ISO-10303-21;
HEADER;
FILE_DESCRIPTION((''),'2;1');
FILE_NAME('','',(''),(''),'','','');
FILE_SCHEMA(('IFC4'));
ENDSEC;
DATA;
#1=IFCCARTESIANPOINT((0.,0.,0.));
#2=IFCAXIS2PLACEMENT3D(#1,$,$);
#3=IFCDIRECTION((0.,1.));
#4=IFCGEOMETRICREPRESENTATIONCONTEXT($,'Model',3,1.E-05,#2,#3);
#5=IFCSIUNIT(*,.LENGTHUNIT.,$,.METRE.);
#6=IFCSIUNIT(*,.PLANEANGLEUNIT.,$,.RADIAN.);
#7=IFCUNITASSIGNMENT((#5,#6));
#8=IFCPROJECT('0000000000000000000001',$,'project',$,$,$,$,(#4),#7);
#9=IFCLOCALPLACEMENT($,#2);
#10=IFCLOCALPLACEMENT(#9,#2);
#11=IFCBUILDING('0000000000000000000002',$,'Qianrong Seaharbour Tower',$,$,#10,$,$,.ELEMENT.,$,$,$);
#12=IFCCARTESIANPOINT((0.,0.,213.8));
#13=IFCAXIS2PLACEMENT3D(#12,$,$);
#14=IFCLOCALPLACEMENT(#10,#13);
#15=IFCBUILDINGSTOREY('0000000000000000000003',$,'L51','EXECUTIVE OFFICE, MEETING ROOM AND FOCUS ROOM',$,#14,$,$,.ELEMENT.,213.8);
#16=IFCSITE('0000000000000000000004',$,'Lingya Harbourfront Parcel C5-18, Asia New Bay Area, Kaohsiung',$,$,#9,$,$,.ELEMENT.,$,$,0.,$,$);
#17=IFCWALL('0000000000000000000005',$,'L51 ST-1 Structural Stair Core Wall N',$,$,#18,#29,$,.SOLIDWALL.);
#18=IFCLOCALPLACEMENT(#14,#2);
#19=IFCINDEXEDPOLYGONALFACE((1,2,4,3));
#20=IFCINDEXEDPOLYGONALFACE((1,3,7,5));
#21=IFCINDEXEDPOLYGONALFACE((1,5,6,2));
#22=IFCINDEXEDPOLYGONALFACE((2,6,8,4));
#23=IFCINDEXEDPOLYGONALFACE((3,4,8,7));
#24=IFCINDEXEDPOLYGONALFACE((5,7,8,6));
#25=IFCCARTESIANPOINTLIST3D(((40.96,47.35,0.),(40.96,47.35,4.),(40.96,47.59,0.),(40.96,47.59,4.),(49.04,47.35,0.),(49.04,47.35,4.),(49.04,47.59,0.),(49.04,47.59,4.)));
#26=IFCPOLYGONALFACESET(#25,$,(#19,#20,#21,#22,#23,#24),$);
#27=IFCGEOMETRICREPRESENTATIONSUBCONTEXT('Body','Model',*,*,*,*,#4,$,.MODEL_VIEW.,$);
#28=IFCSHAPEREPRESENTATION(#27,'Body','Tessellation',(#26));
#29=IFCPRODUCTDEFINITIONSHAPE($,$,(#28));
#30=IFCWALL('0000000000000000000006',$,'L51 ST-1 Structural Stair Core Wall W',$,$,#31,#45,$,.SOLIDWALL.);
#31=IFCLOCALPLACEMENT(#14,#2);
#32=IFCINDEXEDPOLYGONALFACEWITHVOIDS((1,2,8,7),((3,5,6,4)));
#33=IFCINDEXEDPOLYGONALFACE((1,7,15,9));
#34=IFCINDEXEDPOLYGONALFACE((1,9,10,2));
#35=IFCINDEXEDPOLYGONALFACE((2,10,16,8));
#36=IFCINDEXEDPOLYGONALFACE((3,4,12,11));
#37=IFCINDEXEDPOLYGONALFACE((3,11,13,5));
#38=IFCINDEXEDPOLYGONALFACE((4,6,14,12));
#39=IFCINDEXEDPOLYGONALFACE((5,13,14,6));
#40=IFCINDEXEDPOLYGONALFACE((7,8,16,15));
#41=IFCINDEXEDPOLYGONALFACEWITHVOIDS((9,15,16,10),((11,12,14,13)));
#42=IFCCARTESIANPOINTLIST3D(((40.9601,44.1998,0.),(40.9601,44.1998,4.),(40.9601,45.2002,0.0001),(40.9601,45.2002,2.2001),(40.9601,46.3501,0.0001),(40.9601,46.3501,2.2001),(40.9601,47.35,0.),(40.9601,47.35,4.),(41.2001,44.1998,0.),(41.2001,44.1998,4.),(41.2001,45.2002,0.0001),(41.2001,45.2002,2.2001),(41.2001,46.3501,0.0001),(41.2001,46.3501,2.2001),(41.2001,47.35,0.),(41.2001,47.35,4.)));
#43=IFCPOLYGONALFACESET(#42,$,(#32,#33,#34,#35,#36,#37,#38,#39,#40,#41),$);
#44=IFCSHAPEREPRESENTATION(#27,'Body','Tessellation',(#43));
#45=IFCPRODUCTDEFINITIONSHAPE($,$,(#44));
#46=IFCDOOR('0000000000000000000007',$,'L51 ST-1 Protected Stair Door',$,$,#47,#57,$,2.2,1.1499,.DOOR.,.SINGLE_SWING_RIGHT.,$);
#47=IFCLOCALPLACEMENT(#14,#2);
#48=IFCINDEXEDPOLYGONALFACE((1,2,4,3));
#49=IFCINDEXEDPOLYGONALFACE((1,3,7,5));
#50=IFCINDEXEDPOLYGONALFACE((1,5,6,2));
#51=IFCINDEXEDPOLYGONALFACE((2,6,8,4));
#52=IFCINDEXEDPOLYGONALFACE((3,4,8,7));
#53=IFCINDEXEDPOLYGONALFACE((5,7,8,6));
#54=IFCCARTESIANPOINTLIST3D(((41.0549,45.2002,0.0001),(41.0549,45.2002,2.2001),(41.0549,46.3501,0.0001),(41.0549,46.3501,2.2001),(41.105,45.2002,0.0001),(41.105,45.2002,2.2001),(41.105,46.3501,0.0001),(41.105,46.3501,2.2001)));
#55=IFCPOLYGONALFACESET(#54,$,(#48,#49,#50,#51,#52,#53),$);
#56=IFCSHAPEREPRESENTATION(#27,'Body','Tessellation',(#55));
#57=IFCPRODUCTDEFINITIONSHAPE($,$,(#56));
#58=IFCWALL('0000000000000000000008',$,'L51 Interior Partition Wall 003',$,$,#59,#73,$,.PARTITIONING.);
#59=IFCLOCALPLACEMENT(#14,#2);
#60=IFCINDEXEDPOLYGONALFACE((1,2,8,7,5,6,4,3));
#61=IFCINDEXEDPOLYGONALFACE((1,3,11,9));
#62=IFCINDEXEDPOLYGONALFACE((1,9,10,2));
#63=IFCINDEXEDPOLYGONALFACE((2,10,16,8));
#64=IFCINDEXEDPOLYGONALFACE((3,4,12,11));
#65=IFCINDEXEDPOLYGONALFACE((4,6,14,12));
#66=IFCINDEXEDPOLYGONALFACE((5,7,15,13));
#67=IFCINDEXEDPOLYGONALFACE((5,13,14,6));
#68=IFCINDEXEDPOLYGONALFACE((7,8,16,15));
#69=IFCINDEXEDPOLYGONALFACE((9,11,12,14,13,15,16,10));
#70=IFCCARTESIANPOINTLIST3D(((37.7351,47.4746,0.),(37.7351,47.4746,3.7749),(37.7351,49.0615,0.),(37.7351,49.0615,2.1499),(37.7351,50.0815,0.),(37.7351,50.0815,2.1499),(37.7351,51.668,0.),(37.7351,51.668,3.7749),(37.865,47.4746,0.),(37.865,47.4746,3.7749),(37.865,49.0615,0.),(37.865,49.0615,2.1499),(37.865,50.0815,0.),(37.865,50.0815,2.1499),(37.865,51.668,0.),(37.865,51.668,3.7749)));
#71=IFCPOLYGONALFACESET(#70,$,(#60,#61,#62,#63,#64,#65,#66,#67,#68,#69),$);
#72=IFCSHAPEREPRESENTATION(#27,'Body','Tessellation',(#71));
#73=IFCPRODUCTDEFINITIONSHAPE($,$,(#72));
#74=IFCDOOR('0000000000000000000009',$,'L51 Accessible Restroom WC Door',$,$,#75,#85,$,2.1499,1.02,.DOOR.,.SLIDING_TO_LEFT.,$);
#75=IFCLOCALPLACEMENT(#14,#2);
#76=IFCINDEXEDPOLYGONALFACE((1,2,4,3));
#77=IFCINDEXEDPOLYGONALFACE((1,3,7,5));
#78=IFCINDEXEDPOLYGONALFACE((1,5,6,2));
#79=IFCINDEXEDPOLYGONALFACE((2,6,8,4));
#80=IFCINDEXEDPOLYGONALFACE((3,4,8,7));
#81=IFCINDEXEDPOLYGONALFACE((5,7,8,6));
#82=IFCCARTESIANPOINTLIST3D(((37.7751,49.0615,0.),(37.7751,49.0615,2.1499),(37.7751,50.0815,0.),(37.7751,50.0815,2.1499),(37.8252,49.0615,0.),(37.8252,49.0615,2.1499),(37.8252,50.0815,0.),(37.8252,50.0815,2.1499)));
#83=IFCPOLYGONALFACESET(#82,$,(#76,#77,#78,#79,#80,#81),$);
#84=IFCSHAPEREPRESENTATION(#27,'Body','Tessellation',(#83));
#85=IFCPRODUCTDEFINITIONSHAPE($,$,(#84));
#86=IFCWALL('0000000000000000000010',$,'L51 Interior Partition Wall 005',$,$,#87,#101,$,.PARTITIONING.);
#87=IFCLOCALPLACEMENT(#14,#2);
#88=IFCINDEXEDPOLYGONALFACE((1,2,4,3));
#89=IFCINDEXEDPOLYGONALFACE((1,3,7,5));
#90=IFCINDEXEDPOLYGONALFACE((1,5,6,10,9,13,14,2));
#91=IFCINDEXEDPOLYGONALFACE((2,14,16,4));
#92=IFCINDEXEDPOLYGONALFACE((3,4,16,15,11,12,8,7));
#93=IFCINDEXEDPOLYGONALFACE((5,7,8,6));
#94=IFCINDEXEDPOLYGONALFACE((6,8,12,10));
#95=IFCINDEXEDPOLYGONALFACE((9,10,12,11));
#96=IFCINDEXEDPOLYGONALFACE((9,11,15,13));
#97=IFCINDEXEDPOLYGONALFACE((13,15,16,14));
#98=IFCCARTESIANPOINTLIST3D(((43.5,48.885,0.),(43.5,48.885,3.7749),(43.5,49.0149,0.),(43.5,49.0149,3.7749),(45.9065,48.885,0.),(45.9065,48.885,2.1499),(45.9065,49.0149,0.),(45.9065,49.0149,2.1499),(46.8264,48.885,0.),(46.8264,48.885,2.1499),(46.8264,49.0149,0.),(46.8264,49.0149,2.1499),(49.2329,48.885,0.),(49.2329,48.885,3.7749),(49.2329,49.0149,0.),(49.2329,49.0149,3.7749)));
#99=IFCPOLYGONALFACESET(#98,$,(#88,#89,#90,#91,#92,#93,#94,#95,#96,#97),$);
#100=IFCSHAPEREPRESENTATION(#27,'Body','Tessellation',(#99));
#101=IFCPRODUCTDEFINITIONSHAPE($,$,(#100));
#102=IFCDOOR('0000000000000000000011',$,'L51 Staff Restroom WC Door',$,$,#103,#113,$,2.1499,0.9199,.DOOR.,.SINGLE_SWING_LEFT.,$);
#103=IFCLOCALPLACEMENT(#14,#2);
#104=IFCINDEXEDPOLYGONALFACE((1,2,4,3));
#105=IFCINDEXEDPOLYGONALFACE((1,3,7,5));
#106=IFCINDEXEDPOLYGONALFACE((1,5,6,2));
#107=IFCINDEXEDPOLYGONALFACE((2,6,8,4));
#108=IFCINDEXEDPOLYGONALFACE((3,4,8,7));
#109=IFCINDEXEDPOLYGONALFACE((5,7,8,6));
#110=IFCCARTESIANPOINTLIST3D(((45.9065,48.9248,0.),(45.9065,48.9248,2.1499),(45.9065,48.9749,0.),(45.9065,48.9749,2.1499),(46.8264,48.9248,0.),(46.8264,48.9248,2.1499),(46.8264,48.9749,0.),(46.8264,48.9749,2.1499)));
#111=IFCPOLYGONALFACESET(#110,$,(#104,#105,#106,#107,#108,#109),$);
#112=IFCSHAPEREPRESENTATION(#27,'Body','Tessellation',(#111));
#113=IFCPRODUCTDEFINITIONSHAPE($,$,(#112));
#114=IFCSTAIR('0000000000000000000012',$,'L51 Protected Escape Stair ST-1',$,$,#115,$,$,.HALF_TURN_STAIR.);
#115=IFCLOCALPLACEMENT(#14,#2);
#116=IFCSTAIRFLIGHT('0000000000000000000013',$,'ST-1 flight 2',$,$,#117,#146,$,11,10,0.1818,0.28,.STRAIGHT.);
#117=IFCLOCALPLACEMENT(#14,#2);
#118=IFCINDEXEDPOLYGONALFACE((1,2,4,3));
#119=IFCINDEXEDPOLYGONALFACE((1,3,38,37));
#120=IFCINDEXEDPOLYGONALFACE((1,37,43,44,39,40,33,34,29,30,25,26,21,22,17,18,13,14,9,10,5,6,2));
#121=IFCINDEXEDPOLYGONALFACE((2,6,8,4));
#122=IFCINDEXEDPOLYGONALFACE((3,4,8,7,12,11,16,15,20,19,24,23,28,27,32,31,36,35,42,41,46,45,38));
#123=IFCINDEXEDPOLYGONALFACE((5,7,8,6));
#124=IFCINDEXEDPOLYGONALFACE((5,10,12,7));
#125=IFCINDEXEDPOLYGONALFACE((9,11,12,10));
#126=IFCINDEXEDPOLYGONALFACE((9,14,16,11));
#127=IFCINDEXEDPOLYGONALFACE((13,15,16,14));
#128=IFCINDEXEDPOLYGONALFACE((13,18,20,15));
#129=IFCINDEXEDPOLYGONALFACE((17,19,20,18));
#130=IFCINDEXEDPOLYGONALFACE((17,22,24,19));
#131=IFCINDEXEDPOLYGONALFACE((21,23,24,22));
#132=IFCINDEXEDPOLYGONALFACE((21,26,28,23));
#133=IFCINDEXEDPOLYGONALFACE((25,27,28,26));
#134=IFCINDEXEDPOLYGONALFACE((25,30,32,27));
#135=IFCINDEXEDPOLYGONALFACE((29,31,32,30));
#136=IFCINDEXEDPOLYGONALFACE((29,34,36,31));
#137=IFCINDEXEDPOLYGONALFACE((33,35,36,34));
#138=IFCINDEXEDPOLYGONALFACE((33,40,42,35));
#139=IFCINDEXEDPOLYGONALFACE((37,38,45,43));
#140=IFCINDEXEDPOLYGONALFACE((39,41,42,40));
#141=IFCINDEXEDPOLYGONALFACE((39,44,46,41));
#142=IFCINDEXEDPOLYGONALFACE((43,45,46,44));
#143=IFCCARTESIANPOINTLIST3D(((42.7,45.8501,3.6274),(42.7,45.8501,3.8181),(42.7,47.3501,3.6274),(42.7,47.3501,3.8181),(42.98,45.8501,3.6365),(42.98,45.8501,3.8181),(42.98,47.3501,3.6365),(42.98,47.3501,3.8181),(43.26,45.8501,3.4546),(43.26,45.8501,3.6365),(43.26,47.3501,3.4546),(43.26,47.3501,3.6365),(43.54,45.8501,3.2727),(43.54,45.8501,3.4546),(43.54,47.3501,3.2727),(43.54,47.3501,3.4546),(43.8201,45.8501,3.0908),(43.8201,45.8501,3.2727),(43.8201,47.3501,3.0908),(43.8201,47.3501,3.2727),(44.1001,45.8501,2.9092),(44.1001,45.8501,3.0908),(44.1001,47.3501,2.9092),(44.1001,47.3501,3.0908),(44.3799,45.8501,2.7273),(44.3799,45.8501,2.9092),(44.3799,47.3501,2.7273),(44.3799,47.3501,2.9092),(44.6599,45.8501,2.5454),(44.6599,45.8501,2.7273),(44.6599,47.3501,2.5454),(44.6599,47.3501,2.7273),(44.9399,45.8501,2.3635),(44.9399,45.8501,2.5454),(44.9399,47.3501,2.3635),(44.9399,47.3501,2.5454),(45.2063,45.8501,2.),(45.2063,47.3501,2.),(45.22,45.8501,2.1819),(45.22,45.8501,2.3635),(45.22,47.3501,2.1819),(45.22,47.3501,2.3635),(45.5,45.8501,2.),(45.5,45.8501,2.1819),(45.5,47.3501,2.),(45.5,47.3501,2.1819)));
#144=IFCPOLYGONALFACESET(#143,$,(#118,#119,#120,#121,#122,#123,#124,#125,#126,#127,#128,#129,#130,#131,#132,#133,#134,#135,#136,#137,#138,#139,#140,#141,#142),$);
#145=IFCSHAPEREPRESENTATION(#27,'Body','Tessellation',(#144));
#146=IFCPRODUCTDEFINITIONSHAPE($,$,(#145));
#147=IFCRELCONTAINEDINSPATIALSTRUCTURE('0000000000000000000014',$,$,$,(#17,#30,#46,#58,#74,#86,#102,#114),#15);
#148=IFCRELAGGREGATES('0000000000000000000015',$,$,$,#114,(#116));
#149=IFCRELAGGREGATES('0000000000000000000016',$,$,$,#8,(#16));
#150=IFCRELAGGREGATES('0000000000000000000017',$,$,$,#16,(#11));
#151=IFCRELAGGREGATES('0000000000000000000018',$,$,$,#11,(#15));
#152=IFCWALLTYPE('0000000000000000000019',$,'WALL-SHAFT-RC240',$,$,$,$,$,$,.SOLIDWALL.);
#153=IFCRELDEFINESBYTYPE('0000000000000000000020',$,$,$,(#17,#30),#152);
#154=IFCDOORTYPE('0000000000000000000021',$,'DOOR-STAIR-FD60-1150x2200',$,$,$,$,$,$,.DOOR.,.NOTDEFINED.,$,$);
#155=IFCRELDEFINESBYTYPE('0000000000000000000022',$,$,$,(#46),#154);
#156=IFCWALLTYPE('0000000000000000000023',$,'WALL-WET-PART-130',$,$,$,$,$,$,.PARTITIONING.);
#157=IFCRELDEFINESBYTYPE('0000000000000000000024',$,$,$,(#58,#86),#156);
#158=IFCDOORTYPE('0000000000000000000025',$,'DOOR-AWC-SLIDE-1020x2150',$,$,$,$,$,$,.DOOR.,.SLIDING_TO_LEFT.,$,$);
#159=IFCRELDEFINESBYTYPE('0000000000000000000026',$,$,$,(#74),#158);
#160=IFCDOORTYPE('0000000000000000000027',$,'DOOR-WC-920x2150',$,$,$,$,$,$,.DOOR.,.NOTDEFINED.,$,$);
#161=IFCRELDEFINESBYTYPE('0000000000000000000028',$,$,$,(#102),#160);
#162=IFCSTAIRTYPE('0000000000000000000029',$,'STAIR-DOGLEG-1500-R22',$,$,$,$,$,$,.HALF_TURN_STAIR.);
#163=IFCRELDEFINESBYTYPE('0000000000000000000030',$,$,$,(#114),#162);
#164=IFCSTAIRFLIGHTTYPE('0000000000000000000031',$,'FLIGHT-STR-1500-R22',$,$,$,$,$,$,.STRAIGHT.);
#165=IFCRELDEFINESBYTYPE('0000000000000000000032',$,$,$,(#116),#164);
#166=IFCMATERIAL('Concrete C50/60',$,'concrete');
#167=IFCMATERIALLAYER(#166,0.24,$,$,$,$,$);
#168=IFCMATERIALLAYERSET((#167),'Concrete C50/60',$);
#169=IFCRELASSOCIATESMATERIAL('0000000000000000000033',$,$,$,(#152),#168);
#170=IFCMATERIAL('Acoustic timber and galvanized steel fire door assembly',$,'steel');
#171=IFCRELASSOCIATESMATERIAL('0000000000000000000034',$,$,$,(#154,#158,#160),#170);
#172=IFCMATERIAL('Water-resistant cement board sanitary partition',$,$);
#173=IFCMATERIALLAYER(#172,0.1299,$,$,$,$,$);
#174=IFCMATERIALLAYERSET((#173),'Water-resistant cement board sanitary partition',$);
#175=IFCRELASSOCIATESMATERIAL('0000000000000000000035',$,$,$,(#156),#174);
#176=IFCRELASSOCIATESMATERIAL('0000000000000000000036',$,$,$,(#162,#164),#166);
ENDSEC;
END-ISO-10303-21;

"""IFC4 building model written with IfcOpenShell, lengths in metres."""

from ifc_helpers import new_model, si_unit, direction, frame, frame_2d, origin, place, context, subcontext, project, spatial, polyline, rectangle, outline, extrude, material, layer, layer_set, type_object, element, fill, aggregate, save


model = new_model("IFC4")

# Units and contexts
model_context = context("Model", 3, precision=1e-05, world=origin(), true_north=direction((0.0, 1.0)))
body_context = subcontext(model_context, "Body", "Model", "MODEL_VIEW")
ifc_project = project(units=[si_unit("LENGTHUNIT", "METRE"), si_unit("PLANEANGLEUNIT", "RADIAN")], contexts=[model_context])

# Site, building, storey
site_placement = place(None, origin())
site = spatial("IfcSite", under=ifc_project, at=site_placement, Name="Lingya Harbourfront Parcel C5-18, Asia New Bay Area, Kaohsiung", CompositionType="ELEMENT", RefElevation=0.0)
building_placement = place(site_placement, origin())
building = spatial("IfcBuilding", under=site, at=building_placement, Name="Qianrong Seaharbour Tower", CompositionType="ELEMENT")
storey_placement = place(building_placement, frame((0.0, 0.0, 213.8)))
storey = spatial("IfcBuildingStorey", under=building, at=storey_placement, Name="L51", Description="EXECUTIVE OFFICE, MEETING ROOM AND FOCUS ROOM", CompositionType="ELEMENT", Elevation=213.8)

# Shared definitions
ifc_material_1 = material(Name="Acoustic timber and galvanized steel fire door assembly", Category="steel")

# Wall
ifc_material_2 = material(Name="Concrete C50/60", Category="concrete")
ifc_layer_1 = layer(ifc_material_2, 0.24)
ifc_layer_set_1 = layer_set([ifc_layer_1], Name="Concrete C50/60")
wall_type_1 = type_object("IfcWallType", Name="WALL-SHAFT-RC240", PredefinedType="SOLIDWALL", material=ifc_layer_set_1)
wall_1_placement = place(storey_placement, frame((40.96, 47.47, 0.0), z_axis=(0.0, 0.0, 1.0), x_axis=(1.0, 0.0, 0.0)))
element("IfcWall", 1, at=wall_1_placement, inside=storey, type_object=wall_type_1, Name="L51 ST-1 Structural Stair Core Wall N", PredefinedType="SOLIDWALL", context=body_context, shape_type="SweptSolid", body=[
    extrude(rectangle(XDim=8.0801, YDim=0.24, at=frame_2d((4.04, 0.0))), origin(), (0.0, 0.0, 1.0), 4.0),
])

# Walls, openings, doors
wall_2_placement = place(storey_placement, frame((41.0801, 47.3501, 0.0), z_axis=(0.0, 0.0, 1.0), x_axis=(0.0, -1.0, 0.0)))
wall_2 = element("IfcWall", 2, at=wall_2_placement, inside=storey, type_object=wall_type_1, Name="L51 ST-1 Structural Stair Core Wall W", PredefinedType="SOLIDWALL", context=body_context, shape_type="SweptSolid", body=[
    extrude(rectangle(XDim=3.1501, YDim=0.24, at=frame_2d((1.5752, 0.0))), origin(), (0.0, 0.0, 1.0), 4.0),
])
opening_1_placement = place(wall_2_placement, frame((1.0, 0.0, 0.0)))
opening_1 = element("IfcOpeningElement", 3, at=opening_1_placement, cuts=wall_2, PredefinedType="OPENING", context=body_context, shape_type="SweptSolid", body=[
    extrude(rectangle(XDim=1.1499, YDim=2.2, at=frame_2d((0.575, 1.1001))), frame((0.0, 0.1299, 0.0), z_axis=(0.0, -1.0, 0.0), x_axis=(1.0, 0.0, 0.0)), (0.0, 0.0, 1.0), 0.26),
])
door_type_1 = type_object("IfcDoorType", Name="DOOR-STAIR-FD60-1150x2200", OperationType="NOTDEFINED", PredefinedType="DOOR", material=ifc_material_1)
door_1_placement = place(opening_1_placement, origin())
door_1 = element("IfcDoor", 4, at=door_1_placement, inside=storey, type_object=door_type_1, Name="L51 ST-1 Protected Stair Door", OperationType="SINGLE_SWING_RIGHT", OverallHeight=2.2, OverallWidth=1.1499, PredefinedType="DOOR", context=body_context, shape_type="SweptSolid", body=[
    extrude(rectangle(XDim=1.1499, YDim=2.2, at=frame_2d((0.575, 1.1001))), frame((0.0, 0.0249, 0.0), z_axis=(0.0, -1.0, 0.0), x_axis=(1.0, 0.0, 0.0)), (0.0, 0.0, 1.0), 0.05),
])
fill(opening_1, door_1)
ifc_material_3 = material(Name="Water-resistant cement board sanitary partition")
ifc_layer_2 = layer(ifc_material_3, 0.1299)
ifc_layer_set_2 = layer_set([ifc_layer_2], Name="Water-resistant cement board sanitary partition")
wall_type_2 = type_object("IfcWallType", Name="WALL-WET-PART-130", PredefinedType="PARTITIONING", material=ifc_layer_set_2)
wall_3_placement = place(storey_placement, frame((37.8, 47.4746, 0.0), z_axis=(0.0, 0.0, 1.0), x_axis=(0.0, 1.0, 0.0)))
wall_3 = element("IfcWall", 5, at=wall_3_placement, inside=storey, type_object=wall_type_2, Name="L51 Interior Partition Wall 003", PredefinedType="PARTITIONING", context=body_context, shape_type="SweptSolid", body=[
    extrude(rectangle(XDim=4.1934, YDim=0.1299, at=frame_2d((2.0967, 0.0))), origin(), (0.0, 0.0, 1.0), 3.7749),
])
opening_2_placement = place(wall_3_placement, frame((1.5869, 0.0, 0.0)))
opening_2 = element("IfcOpeningElement", 6, at=opening_2_placement, cuts=wall_3, PredefinedType="OPENING", context=body_context, shape_type="SweptSolid", body=[
    extrude(rectangle(XDim=1.02, YDim=2.1499, at=frame_2d((0.51, 1.075))), frame((0.0, 0.075, 0.0), z_axis=(0.0, -1.0, 0.0), x_axis=(1.0, 0.0, 0.0)), (0.0, 0.0, 1.0), 0.1499),
])
door_type_2 = type_object("IfcDoorType", Name="DOOR-AWC-SLIDE-1020x2150", OperationType="SLIDING_TO_LEFT", PredefinedType="DOOR", material=ifc_material_1)
door_2_placement = place(opening_2_placement, origin())
door_2 = element("IfcDoor", 7, at=door_2_placement, inside=storey, type_object=door_type_2, Name="L51 Accessible Restroom WC Door", OperationType="SLIDING_TO_LEFT", OverallHeight=2.1499, OverallWidth=1.02, PredefinedType="DOOR", context=body_context, shape_type="SweptSolid", body=[
    extrude(rectangle(XDim=1.02, YDim=2.1499, at=frame_2d((0.51, 1.075))), frame((0.0, 0.0249, 0.0), z_axis=(0.0, -1.0, 0.0), x_axis=(1.0, 0.0, 0.0)), (0.0, 0.0, 1.0), 0.05),
])
fill(opening_2, door_2)
wall_4_placement = place(storey_placement, frame((43.5, 48.95, 0.0), z_axis=(0.0, 0.0, 1.0), x_axis=(1.0, 0.0, 0.0)))
wall_4 = element("IfcWall", 8, at=wall_4_placement, inside=storey, type_object=wall_type_2, Name="L51 Interior Partition Wall 005", PredefinedType="PARTITIONING", context=body_context, shape_type="SweptSolid", body=[
    extrude(rectangle(XDim=5.7329, YDim=0.1299, at=frame_2d((2.8665, 0.0))), origin(), (0.0, 0.0, 1.0), 3.7749),
])
opening_3_placement = place(wall_4_placement, frame((2.4065, 0.0, 0.0)))
opening_3 = element("IfcOpeningElement", 9, at=opening_3_placement, cuts=wall_4, PredefinedType="OPENING", context=body_context, shape_type="SweptSolid", body=[
    extrude(rectangle(XDim=0.9199, YDim=2.1499, at=frame_2d((0.46, 1.075))), frame((0.0, 0.075, 0.0), z_axis=(0.0, -1.0, 0.0), x_axis=(1.0, 0.0, 0.0)), (0.0, 0.0, 1.0), 0.1499),
])
door_type_3 = type_object("IfcDoorType", Name="DOOR-WC-920x2150", OperationType="NOTDEFINED", PredefinedType="DOOR", material=ifc_material_1)
door_3_placement = place(opening_3_placement, origin())
door_3 = element("IfcDoor", 10, at=door_3_placement, inside=storey, type_object=door_type_3, Name="L51 Staff Restroom WC Door", OperationType="SINGLE_SWING_LEFT", OverallHeight=2.1499, OverallWidth=0.9199, PredefinedType="DOOR", context=body_context, shape_type="SweptSolid", body=[
    extrude(rectangle(XDim=0.9199, YDim=2.1499, at=frame_2d((0.46, 1.075))), frame((0.0, 0.0249, 0.0), z_axis=(0.0, -1.0, 0.0), x_axis=(1.0, 0.0, 0.0)), (0.0, 0.0, 1.0), 0.05),
])
fill(opening_3, door_3)

# Stair, stair flight
stair_type = type_object("IfcStairType", Name="STAIR-DOGLEG-1500-R22", PredefinedType="HALF_TURN_STAIR", material=ifc_material_2)
stair_placement = place(storey_placement, origin())
stair = element("IfcStair", 11, at=stair_placement, inside=storey, type_object=stair_type, Name="L51 Protected Escape Stair ST-1", PredefinedType="HALF_TURN_STAIR")
stair_flight_type = type_object("IfcStairFlightType", Name="FLIGHT-STR-1500-R22", PredefinedType="STRAIGHT", material=ifc_material_2)
stair_flight_placement = place(storey_placement, frame((45.5, 46.6001, 2.0), z_axis=(0.0, 0.0, 1.0), x_axis=(-1.0, 0.0, 0.0)))
stair_flight = element("IfcStairFlight", 12, at=stair_flight_placement, type_object=stair_flight_type, Name="ST-1 flight 2", NumberOfRisers=11, NumberOfTreads=10, PredefinedType="STRAIGHT", RiserHeight=0.1818, TreadLength=0.28, context=body_context, shape_type="SweptSolid", body=[
    extrude(outline(polyline([(0.0, 0.0), (0.0, 0.1819), (0.28, 0.1819), (0.28, 0.3635), (0.5601, 0.3635), (0.5601, 0.5454), (0.8401, 0.5454), (0.8401, 0.7273), (1.1201, 0.7273), (1.1201, 0.9092), (1.3999, 0.9092), (1.3999, 1.0908), (1.6799, 1.0908), (1.6799, 1.2727), (1.96, 1.2727), (1.96, 1.4546), (2.24, 1.4546), (2.24, 1.6365), (2.52, 1.6365), (2.52, 1.8181), (2.8, 1.8181), (2.8, 2.0), (2.8, 1.6274), (0.2937, 0.0), (0.0, 0.0)])), frame((0.0, 0.75, 0.0), z_axis=(0.0, -1.0, 0.0), x_axis=(1.0, 0.0, 0.0)), (0.0, 0.0, 1.0), 1.5),
])
aggregate(stair, [stair_flight])

save(model, "model.ifc")
